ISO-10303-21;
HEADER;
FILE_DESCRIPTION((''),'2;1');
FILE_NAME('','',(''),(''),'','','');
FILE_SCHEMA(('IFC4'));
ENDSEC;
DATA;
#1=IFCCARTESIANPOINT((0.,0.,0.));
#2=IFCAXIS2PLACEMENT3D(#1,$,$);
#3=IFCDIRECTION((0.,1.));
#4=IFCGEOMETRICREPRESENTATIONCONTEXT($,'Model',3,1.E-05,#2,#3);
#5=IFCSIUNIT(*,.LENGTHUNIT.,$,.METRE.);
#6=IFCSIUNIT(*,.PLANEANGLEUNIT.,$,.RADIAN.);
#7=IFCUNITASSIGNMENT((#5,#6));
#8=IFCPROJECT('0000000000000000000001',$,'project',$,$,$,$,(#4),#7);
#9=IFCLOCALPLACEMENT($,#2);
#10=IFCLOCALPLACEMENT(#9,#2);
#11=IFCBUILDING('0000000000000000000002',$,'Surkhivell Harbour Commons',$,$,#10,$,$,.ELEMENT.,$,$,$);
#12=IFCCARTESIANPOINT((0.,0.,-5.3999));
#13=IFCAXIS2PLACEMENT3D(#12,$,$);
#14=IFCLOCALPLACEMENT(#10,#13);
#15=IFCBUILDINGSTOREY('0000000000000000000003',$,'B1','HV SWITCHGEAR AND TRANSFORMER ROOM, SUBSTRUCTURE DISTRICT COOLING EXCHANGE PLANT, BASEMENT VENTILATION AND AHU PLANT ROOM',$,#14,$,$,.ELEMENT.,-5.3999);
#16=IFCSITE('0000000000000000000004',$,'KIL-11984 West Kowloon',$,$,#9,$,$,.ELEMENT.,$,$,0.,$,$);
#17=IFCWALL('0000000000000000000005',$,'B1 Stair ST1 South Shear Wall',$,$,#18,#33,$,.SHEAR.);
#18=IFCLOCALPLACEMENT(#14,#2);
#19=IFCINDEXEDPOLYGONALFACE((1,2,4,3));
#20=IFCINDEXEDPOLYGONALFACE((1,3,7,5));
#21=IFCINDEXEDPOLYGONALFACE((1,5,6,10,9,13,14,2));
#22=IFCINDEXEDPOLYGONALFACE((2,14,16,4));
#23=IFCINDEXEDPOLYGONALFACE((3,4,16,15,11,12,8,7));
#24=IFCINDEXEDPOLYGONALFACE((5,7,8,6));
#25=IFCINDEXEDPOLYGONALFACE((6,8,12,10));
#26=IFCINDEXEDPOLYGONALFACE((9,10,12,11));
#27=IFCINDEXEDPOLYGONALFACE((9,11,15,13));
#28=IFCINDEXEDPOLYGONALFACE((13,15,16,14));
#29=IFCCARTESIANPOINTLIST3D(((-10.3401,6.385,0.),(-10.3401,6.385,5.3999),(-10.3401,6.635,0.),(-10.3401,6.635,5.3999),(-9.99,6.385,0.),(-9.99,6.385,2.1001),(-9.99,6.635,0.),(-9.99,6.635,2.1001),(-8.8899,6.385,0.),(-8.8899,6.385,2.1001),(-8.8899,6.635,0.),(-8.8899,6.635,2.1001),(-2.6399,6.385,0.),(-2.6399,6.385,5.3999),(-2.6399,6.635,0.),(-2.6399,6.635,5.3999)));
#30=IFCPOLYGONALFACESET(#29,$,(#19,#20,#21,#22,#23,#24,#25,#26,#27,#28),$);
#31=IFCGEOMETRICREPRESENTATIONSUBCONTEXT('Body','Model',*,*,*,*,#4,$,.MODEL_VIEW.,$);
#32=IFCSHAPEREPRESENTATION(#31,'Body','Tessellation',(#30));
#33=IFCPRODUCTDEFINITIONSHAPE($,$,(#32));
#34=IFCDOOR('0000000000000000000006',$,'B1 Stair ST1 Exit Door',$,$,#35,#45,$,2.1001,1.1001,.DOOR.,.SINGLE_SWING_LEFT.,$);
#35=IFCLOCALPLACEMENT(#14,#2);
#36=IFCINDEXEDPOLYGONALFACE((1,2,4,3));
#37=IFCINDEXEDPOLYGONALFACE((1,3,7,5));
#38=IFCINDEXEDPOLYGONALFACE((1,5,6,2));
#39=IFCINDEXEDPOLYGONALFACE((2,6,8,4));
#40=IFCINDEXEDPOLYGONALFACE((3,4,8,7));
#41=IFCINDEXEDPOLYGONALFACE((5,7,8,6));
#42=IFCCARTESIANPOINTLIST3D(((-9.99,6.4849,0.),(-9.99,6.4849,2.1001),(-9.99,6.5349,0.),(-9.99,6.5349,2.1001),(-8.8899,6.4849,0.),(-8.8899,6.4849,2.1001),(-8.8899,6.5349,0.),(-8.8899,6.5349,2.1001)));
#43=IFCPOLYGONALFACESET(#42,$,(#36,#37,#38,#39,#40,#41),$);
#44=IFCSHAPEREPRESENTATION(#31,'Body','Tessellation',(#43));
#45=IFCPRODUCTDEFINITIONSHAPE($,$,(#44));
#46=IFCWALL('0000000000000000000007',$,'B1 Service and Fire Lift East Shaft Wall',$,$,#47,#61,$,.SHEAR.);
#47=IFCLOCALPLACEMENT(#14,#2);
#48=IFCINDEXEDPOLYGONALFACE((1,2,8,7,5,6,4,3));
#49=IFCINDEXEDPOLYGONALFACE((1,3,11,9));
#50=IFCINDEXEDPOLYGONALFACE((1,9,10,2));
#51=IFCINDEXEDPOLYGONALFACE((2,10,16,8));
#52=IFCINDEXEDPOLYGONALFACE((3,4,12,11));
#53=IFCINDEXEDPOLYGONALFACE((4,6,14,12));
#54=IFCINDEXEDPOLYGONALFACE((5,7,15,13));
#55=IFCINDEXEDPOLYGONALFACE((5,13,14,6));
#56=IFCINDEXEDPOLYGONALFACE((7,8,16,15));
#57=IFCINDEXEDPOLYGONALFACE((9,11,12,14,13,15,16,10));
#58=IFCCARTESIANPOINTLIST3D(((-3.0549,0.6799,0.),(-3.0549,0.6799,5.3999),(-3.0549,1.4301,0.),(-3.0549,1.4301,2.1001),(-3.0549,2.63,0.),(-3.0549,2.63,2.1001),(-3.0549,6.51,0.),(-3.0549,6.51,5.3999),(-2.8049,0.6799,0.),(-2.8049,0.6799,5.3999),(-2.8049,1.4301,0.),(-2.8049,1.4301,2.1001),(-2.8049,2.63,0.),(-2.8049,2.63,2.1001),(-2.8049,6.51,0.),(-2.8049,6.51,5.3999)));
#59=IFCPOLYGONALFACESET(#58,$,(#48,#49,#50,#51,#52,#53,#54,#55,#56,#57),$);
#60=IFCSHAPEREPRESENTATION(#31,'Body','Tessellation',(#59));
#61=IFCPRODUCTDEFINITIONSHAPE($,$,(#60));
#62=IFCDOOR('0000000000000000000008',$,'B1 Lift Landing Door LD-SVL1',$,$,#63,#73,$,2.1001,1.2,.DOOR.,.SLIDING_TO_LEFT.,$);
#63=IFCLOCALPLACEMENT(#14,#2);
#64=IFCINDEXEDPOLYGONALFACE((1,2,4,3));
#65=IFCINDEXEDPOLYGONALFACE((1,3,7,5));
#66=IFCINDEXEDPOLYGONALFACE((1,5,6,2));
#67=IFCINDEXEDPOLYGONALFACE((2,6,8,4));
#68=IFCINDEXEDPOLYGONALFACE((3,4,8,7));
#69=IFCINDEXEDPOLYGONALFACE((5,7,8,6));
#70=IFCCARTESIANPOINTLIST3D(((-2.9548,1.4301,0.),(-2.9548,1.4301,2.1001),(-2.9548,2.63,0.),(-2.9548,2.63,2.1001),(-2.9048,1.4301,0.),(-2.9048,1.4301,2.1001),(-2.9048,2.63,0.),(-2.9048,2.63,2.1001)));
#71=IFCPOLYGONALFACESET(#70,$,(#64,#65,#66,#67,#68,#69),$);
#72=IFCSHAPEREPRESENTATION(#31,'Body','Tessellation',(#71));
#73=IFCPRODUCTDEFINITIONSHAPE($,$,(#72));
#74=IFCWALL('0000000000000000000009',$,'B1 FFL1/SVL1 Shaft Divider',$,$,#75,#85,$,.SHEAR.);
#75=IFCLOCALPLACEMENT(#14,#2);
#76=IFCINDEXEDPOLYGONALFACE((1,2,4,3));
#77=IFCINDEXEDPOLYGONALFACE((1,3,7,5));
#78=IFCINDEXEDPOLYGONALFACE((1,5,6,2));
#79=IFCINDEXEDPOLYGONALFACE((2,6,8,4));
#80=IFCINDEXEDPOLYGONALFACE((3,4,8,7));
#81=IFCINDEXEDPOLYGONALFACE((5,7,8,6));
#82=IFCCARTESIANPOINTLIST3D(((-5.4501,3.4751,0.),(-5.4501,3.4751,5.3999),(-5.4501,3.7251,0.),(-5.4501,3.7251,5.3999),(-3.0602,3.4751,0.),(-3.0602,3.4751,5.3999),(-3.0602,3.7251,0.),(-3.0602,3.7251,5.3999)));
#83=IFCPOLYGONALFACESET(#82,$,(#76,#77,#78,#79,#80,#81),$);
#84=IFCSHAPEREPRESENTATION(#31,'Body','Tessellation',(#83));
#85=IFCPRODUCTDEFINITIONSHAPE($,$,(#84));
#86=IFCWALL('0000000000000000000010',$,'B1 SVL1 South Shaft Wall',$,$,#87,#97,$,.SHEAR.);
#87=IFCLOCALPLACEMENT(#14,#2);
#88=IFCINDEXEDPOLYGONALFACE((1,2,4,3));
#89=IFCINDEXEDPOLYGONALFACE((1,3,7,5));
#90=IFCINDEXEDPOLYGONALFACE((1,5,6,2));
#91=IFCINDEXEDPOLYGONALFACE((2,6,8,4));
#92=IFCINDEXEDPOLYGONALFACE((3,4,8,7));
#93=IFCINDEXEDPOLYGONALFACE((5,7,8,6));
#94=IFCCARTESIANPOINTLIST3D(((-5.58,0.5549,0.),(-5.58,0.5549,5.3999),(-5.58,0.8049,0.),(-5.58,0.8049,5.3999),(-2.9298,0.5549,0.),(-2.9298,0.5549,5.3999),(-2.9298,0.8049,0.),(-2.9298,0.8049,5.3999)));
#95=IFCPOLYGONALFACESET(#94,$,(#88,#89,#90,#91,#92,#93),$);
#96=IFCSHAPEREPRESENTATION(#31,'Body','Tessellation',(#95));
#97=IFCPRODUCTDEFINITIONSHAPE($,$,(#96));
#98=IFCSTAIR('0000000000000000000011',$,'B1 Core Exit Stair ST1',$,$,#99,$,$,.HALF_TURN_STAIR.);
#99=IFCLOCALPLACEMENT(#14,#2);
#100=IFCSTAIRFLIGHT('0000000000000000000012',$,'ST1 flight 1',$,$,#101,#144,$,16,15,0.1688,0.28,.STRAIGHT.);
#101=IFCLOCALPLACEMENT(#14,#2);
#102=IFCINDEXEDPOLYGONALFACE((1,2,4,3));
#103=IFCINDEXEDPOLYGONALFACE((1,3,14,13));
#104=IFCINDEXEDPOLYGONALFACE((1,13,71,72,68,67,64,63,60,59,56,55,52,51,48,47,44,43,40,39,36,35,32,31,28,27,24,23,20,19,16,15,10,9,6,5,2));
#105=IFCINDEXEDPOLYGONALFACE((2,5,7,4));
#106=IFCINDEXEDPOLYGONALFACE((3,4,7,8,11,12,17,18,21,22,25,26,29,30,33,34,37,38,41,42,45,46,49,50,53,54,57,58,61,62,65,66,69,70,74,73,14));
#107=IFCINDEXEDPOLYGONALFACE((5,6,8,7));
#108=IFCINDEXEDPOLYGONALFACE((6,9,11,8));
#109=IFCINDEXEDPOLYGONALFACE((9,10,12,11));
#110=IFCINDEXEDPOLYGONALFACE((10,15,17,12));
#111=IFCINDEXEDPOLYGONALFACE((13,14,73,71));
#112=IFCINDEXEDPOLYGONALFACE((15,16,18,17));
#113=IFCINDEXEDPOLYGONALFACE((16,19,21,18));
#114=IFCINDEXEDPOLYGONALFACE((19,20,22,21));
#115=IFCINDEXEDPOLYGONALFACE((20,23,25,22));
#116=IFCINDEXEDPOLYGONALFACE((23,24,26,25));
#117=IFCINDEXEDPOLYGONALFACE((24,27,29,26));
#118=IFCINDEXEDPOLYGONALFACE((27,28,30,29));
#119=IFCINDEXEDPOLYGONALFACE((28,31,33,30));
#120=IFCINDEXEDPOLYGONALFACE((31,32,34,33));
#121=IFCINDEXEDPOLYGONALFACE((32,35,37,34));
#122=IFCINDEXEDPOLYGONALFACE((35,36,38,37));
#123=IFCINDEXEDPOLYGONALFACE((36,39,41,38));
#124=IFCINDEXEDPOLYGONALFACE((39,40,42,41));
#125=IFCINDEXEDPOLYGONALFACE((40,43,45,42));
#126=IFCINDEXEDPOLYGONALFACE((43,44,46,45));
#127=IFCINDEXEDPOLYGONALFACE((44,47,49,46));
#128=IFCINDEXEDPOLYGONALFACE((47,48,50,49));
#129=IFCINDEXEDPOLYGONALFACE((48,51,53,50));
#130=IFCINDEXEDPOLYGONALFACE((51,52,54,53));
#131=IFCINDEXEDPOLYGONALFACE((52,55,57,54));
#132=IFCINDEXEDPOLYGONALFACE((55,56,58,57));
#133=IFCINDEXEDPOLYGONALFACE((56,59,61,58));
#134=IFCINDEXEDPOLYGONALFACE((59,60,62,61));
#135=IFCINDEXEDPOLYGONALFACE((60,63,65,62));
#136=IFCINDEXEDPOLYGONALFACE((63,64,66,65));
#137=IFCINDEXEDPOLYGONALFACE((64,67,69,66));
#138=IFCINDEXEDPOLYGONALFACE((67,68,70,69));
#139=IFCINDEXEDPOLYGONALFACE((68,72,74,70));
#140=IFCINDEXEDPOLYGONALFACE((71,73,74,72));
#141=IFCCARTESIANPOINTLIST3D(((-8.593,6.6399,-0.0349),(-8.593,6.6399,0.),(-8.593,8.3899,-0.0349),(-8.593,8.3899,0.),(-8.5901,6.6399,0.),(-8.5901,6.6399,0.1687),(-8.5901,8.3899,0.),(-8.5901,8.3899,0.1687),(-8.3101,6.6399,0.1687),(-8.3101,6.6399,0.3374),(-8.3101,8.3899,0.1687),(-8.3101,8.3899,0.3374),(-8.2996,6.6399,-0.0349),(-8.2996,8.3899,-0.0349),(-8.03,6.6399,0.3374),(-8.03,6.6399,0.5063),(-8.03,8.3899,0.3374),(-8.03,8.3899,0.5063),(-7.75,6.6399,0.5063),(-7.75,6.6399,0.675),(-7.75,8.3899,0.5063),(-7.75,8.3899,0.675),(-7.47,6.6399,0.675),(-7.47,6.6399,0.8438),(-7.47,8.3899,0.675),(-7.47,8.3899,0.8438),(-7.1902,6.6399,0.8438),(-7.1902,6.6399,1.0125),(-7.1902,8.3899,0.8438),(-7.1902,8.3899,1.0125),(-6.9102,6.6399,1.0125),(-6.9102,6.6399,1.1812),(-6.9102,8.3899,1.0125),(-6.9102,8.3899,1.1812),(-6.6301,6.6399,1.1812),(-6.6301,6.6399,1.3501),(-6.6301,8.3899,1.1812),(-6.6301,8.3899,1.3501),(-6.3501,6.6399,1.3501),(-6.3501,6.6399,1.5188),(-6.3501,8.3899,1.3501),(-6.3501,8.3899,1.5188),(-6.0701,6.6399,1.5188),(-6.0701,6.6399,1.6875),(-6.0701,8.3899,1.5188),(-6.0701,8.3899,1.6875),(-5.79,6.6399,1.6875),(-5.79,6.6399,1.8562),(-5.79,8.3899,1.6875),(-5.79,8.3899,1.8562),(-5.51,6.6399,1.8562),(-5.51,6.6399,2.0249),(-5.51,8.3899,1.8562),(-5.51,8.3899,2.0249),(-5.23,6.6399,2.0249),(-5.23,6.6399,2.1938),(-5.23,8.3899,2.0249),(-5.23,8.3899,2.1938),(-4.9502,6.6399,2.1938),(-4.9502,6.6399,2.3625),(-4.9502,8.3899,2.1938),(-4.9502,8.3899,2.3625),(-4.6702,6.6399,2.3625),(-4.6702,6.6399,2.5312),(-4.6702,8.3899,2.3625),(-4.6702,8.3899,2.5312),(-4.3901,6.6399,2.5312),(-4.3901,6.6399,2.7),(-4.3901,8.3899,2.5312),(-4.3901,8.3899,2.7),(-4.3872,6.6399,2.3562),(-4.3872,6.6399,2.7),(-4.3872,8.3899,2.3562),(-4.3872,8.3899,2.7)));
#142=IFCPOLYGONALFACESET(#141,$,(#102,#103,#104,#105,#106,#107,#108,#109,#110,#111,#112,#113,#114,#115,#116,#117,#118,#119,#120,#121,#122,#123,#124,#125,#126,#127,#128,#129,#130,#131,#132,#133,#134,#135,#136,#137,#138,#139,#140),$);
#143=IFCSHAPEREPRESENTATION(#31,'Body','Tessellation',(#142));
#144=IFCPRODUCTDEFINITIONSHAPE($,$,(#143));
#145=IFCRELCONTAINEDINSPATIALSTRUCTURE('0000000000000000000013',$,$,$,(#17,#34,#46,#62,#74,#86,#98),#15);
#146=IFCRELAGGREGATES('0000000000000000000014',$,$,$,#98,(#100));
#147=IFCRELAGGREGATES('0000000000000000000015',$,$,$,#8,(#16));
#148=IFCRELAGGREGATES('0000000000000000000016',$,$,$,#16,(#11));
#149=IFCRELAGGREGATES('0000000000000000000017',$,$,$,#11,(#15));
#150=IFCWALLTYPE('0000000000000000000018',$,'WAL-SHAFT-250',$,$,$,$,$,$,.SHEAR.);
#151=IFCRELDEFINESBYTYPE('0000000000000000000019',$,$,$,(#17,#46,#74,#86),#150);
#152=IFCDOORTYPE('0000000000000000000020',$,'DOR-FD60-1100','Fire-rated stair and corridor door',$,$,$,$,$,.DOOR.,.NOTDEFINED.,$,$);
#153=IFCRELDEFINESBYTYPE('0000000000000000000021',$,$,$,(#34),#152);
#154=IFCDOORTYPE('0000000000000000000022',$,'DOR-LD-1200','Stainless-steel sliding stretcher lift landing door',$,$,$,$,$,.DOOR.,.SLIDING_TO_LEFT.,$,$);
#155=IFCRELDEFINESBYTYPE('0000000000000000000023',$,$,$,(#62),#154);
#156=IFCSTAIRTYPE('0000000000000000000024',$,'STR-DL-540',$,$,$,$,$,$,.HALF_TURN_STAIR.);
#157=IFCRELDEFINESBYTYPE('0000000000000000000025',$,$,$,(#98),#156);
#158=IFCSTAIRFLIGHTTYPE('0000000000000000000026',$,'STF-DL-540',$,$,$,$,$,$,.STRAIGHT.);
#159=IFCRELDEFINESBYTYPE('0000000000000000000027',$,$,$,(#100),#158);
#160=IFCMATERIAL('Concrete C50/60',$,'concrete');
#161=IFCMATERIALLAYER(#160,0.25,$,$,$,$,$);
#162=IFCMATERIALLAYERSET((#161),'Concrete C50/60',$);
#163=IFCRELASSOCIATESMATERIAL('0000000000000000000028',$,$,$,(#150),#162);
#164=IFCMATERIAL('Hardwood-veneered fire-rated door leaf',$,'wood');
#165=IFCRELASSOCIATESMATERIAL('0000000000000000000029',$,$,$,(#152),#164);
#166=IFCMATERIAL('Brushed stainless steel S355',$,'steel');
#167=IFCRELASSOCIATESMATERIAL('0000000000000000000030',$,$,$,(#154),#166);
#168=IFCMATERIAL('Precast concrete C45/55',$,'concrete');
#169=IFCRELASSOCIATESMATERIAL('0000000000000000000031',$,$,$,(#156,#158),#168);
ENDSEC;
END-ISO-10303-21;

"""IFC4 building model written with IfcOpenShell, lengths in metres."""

from ifc_helpers import new_model, si_unit, direction, frame, frame_2d, origin, place, context, subcontext, project, spatial, polyline, rectangle, outline, extrude, material, layer, layer_set, type_object, element, fill, aggregate, save


model = new_model("IFC4")

# Units and contexts
model_context = context("Model", 3, precision=1e-05, world=origin(), true_north=direction((0.0, 1.0)))
body_context = subcontext(model_context, "Body", "Model", "MODEL_VIEW")
ifc_project = project(units=[si_unit("LENGTHUNIT", "METRE"), si_unit("PLANEANGLEUNIT", "RADIAN")], contexts=[model_context])

# Site, building, storey
site_placement = place(None, origin())
site = spatial("IfcSite", under=ifc_project, at=site_placement, Name="KIL-11984 West Kowloon", CompositionType="ELEMENT", RefElevation=0.0)
building_placement = place(site_placement, origin())
building = spatial("IfcBuilding", under=site, at=building_placement, Name="Surkhivell Harbour Commons", CompositionType="ELEMENT")
storey_placement = place(building_placement, frame((0.0, 0.0, -5.3999)))
storey = spatial("IfcBuildingStorey", under=building, at=storey_placement, Name="B1", Description="HV SWITCHGEAR AND TRANSFORMER ROOM, SUBSTRUCTURE DISTRICT COOLING EXCHANGE PLANT, BASEMENT VENTILATION AND AHU PLANT ROOM", CompositionType="ELEMENT", Elevation=-5.3999)

# Shared definitions
ifc_material_1 = material(Name="Hardwood-veneered fire-rated door leaf", Category="wood")

# Shared definitions
ifc_material_2 = material(Name="Concrete C50/60", Category="concrete")
ifc_layer_1 = layer(ifc_material_2, 0.25)
ifc_layer_set_1 = layer_set([ifc_layer_1], Name="Concrete C50/60")
wall_type_1 = type_object("IfcWallType", Name="WAL-SHAFT-250", PredefinedType="SHEAR", material=ifc_layer_set_1)
ifc_material_3 = material(Name="Brushed stainless steel S355", Category="steel")

# Walls, openings, doors
wall_1_placement = place(storey_placement, frame((-10.3401, 6.51, 0.0), z_axis=(0.0, 0.0, 1.0), x_axis=(1.0, 0.0, 0.0)))
wall_1 = element("IfcWall", 1, at=wall_1_placement, inside=storey, type_object=wall_type_1, Name="B1 Stair ST1 South Shear Wall", PredefinedType="SHEAR", context=body_context, shape_type="SweptSolid", body=[
    extrude(rectangle(XDim=7.7002, YDim=0.25, at=frame_2d((3.8501, 0.0))), origin(), (0.0, 0.0, 1.0), 5.3999),
])
opening_1_placement = place(wall_1_placement, frame((0.3501, 0.0, 0.0)))
opening_1 = element("IfcOpeningElement", 2, at=opening_1_placement, cuts=wall_1, PredefinedType="OPENING", context=body_context, shape_type="SweptSolid", body=[
    extrude(rectangle(XDim=1.1001, YDim=2.1001, at=frame_2d((0.55, 1.05))), frame((0.0, 0.135, 0.0), z_axis=(0.0, -1.0, 0.0), x_axis=(1.0, 0.0, 0.0)), (0.0, 0.0, 1.0), 0.27),
])
door_type_1 = type_object("IfcDoorType", Name="DOR-FD60-1100", Description="Fire-rated stair and corridor door", OperationType="NOTDEFINED", PredefinedType="DOOR", material=ifc_material_1)
door_1_placement = place(opening_1_placement, origin())
door_1 = element("IfcDoor", 3, at=door_1_placement, inside=storey, type_object=door_type_1, Name="B1 Stair ST1 Exit Door", OperationType="SINGLE_SWING_LEFT", OverallHeight=2.1001, OverallWidth=1.1001, PredefinedType="DOOR", context=body_context, shape_type="SweptSolid", body=[
    extrude(rectangle(XDim=1.1001, YDim=2.1001, at=frame_2d((0.55, 1.05))), frame((0.0, 0.0249, 0.0), z_axis=(0.0, -1.0, 0.0), x_axis=(1.0, 0.0, 0.0)), (0.0, 0.0, 1.0), 0.05),
])
fill(opening_1, door_1)
wall_2_placement = place(storey_placement, frame((-2.9299, 0.6799, 0.0), z_axis=(0.0, 0.0, 1.0), x_axis=(0.0, 1.0, 0.0)))
wall_2 = element("IfcWall", 4, at=wall_2_placement, inside=storey, type_object=wall_type_1, Name="B1 Service and Fire Lift East Shaft Wall", PredefinedType="SHEAR", context=body_context, shape_type="SweptSolid", body=[
    extrude(rectangle(XDim=5.8301, YDim=0.25, at=frame_2d((2.915, 0.0))), origin(), (0.0, 0.0, 1.0), 5.3999),
])
opening_2_placement = place(wall_2_placement, frame((0.75, 0.0, 0.0)))
opening_2 = element("IfcOpeningElement", 5, at=opening_2_placement, cuts=wall_2, PredefinedType="OPENING", context=body_context, shape_type="SweptSolid", body=[
    extrude(rectangle(XDim=1.2, YDim=2.1001, at=frame_2d((0.6001, 1.05))), frame((0.0, 0.135, 0.0), z_axis=(0.0, -1.0, 0.0), x_axis=(1.0, 0.0, 0.0)), (0.0, 0.0, 1.0), 0.27),
])
door_type_2 = type_object("IfcDoorType", Name="DOR-LD-1200", Description="Stainless-steel sliding stretcher lift landing door", OperationType="SLIDING_TO_LEFT", PredefinedType="DOOR", material=ifc_material_3)
door_2_placement = place(opening_2_placement, origin())
door_2 = element("IfcDoor", 6, at=door_2_placement, inside=storey, type_object=door_type_2, Name="B1 Lift Landing Door LD-SVL1", OperationType="SLIDING_TO_LEFT", OverallHeight=2.1001, OverallWidth=1.2, PredefinedType="DOOR", context=body_context, shape_type="SweptSolid", body=[
    extrude(rectangle(XDim=1.2, YDim=2.1001, at=frame_2d((0.6001, 1.05))), frame((0.0, 0.0249, 0.0), z_axis=(0.0, -1.0, 0.0), x_axis=(1.0, 0.0, 0.0)), (0.0, 0.0, 1.0), 0.05),
])
fill(opening_2, door_2)

# Walls
wall_3_placement = place(storey_placement, frame((-5.45, 3.6001, 0.0), z_axis=(0.0, 0.0, 1.0), x_axis=(1.0, 0.0, 0.0)))
element("IfcWall", 7, at=wall_3_placement, inside=storey, type_object=wall_type_1, Name="B1 FFL1/SVL1 Shaft Divider", PredefinedType="SHEAR", context=body_context, shape_type="SweptSolid", body=[
    extrude(rectangle(XDim=2.3899, YDim=0.25, at=frame_2d((1.1948, 0.0))), origin(), (0.0, 0.0, 1.0), 5.3999),
])
wall_4_placement = place(storey_placement, frame((-5.5801, 0.6799, 0.0), z_axis=(0.0, 0.0, 1.0), x_axis=(1.0, 0.0, 0.0)))
element("IfcWall", 8, at=wall_4_placement, inside=storey, type_object=wall_type_1, Name="B1 SVL1 South Shaft Wall", PredefinedType="SHEAR", context=body_context, shape_type="SweptSolid", body=[
    extrude(rectangle(XDim=2.6501, YDim=0.25, at=frame_2d((1.3252, 0.0))), origin(), (0.0, 0.0, 1.0), 5.3999),
])

# Stair, stair flight
ifc_material_4 = material(Name="Precast concrete C45/55", Category="concrete")
stair_type = type_object("IfcStairType", Name="STR-DL-540", PredefinedType="HALF_TURN_STAIR", material=ifc_material_4)
stair_placement = place(storey_placement, origin())
stair = element("IfcStair", 9, at=stair_placement, inside=storey, type_object=stair_type, Name="B1 Core Exit Stair ST1", PredefinedType="HALF_TURN_STAIR")
stair_flight_type = type_object("IfcStairFlightType", Name="STF-DL-540", PredefinedType="STRAIGHT", material=ifc_material_4)
stair_flight_placement = place(storey_placement, frame((-8.5901, 7.5149, 0.0), z_axis=(0.0, 0.0, 1.0), x_axis=(1.0, 0.0, 0.0)))
stair_flight = element("IfcStairFlight", 10, at=stair_flight_placement, type_object=stair_flight_type, Name="ST1 flight 1", NumberOfRisers=16, NumberOfTreads=15, PredefinedType="STRAIGHT", RiserHeight=0.1688, TreadLength=0.28, context=body_context, shape_type="SweptSolid", body=[
    extrude(outline(polyline([(-0.0029, -0.0349), (-0.0029, 0.0), (0.0, 0.0), (0.0, 0.1687), (0.28, 0.1687), (0.28, 0.3374), (0.5601, 0.3374), (0.5601, 0.5063), (0.8401, 0.5063), (0.8401, 0.675), (1.1201, 0.675), (1.1201, 0.8438), (1.3999, 0.8438), (1.3999, 1.0125), (1.6799, 1.0125), (1.6799, 1.1812), (1.96, 1.1812), (1.96, 1.3501), (2.24, 1.3501), (2.24, 1.5188), (2.52, 1.5188), (2.52, 1.6875), (2.8, 1.6875), (2.8, 1.8562), (3.0801, 1.8562), (3.0801, 2.0249), (3.3601, 2.0249), (3.3601, 2.1938), (3.6399, 2.1938), (3.6399, 2.3625), (3.9199, 2.3625), (3.9199, 2.5312), (4.2, 2.5312), (4.2, 2.7), (4.2029, 2.7), (4.2029, 2.3562), (0.2905, -0.0349), (-0.0029, -0.0349)])), frame((0.0, 0.875, 0.0), z_axis=(0.0, -1.0, 0.0), x_axis=(1.0, 0.0, 0.0)), (0.0, 0.0, 1.0), 1.75),
])
aggregate(stair, [stair_flight])

save(model, "model.ifc")
